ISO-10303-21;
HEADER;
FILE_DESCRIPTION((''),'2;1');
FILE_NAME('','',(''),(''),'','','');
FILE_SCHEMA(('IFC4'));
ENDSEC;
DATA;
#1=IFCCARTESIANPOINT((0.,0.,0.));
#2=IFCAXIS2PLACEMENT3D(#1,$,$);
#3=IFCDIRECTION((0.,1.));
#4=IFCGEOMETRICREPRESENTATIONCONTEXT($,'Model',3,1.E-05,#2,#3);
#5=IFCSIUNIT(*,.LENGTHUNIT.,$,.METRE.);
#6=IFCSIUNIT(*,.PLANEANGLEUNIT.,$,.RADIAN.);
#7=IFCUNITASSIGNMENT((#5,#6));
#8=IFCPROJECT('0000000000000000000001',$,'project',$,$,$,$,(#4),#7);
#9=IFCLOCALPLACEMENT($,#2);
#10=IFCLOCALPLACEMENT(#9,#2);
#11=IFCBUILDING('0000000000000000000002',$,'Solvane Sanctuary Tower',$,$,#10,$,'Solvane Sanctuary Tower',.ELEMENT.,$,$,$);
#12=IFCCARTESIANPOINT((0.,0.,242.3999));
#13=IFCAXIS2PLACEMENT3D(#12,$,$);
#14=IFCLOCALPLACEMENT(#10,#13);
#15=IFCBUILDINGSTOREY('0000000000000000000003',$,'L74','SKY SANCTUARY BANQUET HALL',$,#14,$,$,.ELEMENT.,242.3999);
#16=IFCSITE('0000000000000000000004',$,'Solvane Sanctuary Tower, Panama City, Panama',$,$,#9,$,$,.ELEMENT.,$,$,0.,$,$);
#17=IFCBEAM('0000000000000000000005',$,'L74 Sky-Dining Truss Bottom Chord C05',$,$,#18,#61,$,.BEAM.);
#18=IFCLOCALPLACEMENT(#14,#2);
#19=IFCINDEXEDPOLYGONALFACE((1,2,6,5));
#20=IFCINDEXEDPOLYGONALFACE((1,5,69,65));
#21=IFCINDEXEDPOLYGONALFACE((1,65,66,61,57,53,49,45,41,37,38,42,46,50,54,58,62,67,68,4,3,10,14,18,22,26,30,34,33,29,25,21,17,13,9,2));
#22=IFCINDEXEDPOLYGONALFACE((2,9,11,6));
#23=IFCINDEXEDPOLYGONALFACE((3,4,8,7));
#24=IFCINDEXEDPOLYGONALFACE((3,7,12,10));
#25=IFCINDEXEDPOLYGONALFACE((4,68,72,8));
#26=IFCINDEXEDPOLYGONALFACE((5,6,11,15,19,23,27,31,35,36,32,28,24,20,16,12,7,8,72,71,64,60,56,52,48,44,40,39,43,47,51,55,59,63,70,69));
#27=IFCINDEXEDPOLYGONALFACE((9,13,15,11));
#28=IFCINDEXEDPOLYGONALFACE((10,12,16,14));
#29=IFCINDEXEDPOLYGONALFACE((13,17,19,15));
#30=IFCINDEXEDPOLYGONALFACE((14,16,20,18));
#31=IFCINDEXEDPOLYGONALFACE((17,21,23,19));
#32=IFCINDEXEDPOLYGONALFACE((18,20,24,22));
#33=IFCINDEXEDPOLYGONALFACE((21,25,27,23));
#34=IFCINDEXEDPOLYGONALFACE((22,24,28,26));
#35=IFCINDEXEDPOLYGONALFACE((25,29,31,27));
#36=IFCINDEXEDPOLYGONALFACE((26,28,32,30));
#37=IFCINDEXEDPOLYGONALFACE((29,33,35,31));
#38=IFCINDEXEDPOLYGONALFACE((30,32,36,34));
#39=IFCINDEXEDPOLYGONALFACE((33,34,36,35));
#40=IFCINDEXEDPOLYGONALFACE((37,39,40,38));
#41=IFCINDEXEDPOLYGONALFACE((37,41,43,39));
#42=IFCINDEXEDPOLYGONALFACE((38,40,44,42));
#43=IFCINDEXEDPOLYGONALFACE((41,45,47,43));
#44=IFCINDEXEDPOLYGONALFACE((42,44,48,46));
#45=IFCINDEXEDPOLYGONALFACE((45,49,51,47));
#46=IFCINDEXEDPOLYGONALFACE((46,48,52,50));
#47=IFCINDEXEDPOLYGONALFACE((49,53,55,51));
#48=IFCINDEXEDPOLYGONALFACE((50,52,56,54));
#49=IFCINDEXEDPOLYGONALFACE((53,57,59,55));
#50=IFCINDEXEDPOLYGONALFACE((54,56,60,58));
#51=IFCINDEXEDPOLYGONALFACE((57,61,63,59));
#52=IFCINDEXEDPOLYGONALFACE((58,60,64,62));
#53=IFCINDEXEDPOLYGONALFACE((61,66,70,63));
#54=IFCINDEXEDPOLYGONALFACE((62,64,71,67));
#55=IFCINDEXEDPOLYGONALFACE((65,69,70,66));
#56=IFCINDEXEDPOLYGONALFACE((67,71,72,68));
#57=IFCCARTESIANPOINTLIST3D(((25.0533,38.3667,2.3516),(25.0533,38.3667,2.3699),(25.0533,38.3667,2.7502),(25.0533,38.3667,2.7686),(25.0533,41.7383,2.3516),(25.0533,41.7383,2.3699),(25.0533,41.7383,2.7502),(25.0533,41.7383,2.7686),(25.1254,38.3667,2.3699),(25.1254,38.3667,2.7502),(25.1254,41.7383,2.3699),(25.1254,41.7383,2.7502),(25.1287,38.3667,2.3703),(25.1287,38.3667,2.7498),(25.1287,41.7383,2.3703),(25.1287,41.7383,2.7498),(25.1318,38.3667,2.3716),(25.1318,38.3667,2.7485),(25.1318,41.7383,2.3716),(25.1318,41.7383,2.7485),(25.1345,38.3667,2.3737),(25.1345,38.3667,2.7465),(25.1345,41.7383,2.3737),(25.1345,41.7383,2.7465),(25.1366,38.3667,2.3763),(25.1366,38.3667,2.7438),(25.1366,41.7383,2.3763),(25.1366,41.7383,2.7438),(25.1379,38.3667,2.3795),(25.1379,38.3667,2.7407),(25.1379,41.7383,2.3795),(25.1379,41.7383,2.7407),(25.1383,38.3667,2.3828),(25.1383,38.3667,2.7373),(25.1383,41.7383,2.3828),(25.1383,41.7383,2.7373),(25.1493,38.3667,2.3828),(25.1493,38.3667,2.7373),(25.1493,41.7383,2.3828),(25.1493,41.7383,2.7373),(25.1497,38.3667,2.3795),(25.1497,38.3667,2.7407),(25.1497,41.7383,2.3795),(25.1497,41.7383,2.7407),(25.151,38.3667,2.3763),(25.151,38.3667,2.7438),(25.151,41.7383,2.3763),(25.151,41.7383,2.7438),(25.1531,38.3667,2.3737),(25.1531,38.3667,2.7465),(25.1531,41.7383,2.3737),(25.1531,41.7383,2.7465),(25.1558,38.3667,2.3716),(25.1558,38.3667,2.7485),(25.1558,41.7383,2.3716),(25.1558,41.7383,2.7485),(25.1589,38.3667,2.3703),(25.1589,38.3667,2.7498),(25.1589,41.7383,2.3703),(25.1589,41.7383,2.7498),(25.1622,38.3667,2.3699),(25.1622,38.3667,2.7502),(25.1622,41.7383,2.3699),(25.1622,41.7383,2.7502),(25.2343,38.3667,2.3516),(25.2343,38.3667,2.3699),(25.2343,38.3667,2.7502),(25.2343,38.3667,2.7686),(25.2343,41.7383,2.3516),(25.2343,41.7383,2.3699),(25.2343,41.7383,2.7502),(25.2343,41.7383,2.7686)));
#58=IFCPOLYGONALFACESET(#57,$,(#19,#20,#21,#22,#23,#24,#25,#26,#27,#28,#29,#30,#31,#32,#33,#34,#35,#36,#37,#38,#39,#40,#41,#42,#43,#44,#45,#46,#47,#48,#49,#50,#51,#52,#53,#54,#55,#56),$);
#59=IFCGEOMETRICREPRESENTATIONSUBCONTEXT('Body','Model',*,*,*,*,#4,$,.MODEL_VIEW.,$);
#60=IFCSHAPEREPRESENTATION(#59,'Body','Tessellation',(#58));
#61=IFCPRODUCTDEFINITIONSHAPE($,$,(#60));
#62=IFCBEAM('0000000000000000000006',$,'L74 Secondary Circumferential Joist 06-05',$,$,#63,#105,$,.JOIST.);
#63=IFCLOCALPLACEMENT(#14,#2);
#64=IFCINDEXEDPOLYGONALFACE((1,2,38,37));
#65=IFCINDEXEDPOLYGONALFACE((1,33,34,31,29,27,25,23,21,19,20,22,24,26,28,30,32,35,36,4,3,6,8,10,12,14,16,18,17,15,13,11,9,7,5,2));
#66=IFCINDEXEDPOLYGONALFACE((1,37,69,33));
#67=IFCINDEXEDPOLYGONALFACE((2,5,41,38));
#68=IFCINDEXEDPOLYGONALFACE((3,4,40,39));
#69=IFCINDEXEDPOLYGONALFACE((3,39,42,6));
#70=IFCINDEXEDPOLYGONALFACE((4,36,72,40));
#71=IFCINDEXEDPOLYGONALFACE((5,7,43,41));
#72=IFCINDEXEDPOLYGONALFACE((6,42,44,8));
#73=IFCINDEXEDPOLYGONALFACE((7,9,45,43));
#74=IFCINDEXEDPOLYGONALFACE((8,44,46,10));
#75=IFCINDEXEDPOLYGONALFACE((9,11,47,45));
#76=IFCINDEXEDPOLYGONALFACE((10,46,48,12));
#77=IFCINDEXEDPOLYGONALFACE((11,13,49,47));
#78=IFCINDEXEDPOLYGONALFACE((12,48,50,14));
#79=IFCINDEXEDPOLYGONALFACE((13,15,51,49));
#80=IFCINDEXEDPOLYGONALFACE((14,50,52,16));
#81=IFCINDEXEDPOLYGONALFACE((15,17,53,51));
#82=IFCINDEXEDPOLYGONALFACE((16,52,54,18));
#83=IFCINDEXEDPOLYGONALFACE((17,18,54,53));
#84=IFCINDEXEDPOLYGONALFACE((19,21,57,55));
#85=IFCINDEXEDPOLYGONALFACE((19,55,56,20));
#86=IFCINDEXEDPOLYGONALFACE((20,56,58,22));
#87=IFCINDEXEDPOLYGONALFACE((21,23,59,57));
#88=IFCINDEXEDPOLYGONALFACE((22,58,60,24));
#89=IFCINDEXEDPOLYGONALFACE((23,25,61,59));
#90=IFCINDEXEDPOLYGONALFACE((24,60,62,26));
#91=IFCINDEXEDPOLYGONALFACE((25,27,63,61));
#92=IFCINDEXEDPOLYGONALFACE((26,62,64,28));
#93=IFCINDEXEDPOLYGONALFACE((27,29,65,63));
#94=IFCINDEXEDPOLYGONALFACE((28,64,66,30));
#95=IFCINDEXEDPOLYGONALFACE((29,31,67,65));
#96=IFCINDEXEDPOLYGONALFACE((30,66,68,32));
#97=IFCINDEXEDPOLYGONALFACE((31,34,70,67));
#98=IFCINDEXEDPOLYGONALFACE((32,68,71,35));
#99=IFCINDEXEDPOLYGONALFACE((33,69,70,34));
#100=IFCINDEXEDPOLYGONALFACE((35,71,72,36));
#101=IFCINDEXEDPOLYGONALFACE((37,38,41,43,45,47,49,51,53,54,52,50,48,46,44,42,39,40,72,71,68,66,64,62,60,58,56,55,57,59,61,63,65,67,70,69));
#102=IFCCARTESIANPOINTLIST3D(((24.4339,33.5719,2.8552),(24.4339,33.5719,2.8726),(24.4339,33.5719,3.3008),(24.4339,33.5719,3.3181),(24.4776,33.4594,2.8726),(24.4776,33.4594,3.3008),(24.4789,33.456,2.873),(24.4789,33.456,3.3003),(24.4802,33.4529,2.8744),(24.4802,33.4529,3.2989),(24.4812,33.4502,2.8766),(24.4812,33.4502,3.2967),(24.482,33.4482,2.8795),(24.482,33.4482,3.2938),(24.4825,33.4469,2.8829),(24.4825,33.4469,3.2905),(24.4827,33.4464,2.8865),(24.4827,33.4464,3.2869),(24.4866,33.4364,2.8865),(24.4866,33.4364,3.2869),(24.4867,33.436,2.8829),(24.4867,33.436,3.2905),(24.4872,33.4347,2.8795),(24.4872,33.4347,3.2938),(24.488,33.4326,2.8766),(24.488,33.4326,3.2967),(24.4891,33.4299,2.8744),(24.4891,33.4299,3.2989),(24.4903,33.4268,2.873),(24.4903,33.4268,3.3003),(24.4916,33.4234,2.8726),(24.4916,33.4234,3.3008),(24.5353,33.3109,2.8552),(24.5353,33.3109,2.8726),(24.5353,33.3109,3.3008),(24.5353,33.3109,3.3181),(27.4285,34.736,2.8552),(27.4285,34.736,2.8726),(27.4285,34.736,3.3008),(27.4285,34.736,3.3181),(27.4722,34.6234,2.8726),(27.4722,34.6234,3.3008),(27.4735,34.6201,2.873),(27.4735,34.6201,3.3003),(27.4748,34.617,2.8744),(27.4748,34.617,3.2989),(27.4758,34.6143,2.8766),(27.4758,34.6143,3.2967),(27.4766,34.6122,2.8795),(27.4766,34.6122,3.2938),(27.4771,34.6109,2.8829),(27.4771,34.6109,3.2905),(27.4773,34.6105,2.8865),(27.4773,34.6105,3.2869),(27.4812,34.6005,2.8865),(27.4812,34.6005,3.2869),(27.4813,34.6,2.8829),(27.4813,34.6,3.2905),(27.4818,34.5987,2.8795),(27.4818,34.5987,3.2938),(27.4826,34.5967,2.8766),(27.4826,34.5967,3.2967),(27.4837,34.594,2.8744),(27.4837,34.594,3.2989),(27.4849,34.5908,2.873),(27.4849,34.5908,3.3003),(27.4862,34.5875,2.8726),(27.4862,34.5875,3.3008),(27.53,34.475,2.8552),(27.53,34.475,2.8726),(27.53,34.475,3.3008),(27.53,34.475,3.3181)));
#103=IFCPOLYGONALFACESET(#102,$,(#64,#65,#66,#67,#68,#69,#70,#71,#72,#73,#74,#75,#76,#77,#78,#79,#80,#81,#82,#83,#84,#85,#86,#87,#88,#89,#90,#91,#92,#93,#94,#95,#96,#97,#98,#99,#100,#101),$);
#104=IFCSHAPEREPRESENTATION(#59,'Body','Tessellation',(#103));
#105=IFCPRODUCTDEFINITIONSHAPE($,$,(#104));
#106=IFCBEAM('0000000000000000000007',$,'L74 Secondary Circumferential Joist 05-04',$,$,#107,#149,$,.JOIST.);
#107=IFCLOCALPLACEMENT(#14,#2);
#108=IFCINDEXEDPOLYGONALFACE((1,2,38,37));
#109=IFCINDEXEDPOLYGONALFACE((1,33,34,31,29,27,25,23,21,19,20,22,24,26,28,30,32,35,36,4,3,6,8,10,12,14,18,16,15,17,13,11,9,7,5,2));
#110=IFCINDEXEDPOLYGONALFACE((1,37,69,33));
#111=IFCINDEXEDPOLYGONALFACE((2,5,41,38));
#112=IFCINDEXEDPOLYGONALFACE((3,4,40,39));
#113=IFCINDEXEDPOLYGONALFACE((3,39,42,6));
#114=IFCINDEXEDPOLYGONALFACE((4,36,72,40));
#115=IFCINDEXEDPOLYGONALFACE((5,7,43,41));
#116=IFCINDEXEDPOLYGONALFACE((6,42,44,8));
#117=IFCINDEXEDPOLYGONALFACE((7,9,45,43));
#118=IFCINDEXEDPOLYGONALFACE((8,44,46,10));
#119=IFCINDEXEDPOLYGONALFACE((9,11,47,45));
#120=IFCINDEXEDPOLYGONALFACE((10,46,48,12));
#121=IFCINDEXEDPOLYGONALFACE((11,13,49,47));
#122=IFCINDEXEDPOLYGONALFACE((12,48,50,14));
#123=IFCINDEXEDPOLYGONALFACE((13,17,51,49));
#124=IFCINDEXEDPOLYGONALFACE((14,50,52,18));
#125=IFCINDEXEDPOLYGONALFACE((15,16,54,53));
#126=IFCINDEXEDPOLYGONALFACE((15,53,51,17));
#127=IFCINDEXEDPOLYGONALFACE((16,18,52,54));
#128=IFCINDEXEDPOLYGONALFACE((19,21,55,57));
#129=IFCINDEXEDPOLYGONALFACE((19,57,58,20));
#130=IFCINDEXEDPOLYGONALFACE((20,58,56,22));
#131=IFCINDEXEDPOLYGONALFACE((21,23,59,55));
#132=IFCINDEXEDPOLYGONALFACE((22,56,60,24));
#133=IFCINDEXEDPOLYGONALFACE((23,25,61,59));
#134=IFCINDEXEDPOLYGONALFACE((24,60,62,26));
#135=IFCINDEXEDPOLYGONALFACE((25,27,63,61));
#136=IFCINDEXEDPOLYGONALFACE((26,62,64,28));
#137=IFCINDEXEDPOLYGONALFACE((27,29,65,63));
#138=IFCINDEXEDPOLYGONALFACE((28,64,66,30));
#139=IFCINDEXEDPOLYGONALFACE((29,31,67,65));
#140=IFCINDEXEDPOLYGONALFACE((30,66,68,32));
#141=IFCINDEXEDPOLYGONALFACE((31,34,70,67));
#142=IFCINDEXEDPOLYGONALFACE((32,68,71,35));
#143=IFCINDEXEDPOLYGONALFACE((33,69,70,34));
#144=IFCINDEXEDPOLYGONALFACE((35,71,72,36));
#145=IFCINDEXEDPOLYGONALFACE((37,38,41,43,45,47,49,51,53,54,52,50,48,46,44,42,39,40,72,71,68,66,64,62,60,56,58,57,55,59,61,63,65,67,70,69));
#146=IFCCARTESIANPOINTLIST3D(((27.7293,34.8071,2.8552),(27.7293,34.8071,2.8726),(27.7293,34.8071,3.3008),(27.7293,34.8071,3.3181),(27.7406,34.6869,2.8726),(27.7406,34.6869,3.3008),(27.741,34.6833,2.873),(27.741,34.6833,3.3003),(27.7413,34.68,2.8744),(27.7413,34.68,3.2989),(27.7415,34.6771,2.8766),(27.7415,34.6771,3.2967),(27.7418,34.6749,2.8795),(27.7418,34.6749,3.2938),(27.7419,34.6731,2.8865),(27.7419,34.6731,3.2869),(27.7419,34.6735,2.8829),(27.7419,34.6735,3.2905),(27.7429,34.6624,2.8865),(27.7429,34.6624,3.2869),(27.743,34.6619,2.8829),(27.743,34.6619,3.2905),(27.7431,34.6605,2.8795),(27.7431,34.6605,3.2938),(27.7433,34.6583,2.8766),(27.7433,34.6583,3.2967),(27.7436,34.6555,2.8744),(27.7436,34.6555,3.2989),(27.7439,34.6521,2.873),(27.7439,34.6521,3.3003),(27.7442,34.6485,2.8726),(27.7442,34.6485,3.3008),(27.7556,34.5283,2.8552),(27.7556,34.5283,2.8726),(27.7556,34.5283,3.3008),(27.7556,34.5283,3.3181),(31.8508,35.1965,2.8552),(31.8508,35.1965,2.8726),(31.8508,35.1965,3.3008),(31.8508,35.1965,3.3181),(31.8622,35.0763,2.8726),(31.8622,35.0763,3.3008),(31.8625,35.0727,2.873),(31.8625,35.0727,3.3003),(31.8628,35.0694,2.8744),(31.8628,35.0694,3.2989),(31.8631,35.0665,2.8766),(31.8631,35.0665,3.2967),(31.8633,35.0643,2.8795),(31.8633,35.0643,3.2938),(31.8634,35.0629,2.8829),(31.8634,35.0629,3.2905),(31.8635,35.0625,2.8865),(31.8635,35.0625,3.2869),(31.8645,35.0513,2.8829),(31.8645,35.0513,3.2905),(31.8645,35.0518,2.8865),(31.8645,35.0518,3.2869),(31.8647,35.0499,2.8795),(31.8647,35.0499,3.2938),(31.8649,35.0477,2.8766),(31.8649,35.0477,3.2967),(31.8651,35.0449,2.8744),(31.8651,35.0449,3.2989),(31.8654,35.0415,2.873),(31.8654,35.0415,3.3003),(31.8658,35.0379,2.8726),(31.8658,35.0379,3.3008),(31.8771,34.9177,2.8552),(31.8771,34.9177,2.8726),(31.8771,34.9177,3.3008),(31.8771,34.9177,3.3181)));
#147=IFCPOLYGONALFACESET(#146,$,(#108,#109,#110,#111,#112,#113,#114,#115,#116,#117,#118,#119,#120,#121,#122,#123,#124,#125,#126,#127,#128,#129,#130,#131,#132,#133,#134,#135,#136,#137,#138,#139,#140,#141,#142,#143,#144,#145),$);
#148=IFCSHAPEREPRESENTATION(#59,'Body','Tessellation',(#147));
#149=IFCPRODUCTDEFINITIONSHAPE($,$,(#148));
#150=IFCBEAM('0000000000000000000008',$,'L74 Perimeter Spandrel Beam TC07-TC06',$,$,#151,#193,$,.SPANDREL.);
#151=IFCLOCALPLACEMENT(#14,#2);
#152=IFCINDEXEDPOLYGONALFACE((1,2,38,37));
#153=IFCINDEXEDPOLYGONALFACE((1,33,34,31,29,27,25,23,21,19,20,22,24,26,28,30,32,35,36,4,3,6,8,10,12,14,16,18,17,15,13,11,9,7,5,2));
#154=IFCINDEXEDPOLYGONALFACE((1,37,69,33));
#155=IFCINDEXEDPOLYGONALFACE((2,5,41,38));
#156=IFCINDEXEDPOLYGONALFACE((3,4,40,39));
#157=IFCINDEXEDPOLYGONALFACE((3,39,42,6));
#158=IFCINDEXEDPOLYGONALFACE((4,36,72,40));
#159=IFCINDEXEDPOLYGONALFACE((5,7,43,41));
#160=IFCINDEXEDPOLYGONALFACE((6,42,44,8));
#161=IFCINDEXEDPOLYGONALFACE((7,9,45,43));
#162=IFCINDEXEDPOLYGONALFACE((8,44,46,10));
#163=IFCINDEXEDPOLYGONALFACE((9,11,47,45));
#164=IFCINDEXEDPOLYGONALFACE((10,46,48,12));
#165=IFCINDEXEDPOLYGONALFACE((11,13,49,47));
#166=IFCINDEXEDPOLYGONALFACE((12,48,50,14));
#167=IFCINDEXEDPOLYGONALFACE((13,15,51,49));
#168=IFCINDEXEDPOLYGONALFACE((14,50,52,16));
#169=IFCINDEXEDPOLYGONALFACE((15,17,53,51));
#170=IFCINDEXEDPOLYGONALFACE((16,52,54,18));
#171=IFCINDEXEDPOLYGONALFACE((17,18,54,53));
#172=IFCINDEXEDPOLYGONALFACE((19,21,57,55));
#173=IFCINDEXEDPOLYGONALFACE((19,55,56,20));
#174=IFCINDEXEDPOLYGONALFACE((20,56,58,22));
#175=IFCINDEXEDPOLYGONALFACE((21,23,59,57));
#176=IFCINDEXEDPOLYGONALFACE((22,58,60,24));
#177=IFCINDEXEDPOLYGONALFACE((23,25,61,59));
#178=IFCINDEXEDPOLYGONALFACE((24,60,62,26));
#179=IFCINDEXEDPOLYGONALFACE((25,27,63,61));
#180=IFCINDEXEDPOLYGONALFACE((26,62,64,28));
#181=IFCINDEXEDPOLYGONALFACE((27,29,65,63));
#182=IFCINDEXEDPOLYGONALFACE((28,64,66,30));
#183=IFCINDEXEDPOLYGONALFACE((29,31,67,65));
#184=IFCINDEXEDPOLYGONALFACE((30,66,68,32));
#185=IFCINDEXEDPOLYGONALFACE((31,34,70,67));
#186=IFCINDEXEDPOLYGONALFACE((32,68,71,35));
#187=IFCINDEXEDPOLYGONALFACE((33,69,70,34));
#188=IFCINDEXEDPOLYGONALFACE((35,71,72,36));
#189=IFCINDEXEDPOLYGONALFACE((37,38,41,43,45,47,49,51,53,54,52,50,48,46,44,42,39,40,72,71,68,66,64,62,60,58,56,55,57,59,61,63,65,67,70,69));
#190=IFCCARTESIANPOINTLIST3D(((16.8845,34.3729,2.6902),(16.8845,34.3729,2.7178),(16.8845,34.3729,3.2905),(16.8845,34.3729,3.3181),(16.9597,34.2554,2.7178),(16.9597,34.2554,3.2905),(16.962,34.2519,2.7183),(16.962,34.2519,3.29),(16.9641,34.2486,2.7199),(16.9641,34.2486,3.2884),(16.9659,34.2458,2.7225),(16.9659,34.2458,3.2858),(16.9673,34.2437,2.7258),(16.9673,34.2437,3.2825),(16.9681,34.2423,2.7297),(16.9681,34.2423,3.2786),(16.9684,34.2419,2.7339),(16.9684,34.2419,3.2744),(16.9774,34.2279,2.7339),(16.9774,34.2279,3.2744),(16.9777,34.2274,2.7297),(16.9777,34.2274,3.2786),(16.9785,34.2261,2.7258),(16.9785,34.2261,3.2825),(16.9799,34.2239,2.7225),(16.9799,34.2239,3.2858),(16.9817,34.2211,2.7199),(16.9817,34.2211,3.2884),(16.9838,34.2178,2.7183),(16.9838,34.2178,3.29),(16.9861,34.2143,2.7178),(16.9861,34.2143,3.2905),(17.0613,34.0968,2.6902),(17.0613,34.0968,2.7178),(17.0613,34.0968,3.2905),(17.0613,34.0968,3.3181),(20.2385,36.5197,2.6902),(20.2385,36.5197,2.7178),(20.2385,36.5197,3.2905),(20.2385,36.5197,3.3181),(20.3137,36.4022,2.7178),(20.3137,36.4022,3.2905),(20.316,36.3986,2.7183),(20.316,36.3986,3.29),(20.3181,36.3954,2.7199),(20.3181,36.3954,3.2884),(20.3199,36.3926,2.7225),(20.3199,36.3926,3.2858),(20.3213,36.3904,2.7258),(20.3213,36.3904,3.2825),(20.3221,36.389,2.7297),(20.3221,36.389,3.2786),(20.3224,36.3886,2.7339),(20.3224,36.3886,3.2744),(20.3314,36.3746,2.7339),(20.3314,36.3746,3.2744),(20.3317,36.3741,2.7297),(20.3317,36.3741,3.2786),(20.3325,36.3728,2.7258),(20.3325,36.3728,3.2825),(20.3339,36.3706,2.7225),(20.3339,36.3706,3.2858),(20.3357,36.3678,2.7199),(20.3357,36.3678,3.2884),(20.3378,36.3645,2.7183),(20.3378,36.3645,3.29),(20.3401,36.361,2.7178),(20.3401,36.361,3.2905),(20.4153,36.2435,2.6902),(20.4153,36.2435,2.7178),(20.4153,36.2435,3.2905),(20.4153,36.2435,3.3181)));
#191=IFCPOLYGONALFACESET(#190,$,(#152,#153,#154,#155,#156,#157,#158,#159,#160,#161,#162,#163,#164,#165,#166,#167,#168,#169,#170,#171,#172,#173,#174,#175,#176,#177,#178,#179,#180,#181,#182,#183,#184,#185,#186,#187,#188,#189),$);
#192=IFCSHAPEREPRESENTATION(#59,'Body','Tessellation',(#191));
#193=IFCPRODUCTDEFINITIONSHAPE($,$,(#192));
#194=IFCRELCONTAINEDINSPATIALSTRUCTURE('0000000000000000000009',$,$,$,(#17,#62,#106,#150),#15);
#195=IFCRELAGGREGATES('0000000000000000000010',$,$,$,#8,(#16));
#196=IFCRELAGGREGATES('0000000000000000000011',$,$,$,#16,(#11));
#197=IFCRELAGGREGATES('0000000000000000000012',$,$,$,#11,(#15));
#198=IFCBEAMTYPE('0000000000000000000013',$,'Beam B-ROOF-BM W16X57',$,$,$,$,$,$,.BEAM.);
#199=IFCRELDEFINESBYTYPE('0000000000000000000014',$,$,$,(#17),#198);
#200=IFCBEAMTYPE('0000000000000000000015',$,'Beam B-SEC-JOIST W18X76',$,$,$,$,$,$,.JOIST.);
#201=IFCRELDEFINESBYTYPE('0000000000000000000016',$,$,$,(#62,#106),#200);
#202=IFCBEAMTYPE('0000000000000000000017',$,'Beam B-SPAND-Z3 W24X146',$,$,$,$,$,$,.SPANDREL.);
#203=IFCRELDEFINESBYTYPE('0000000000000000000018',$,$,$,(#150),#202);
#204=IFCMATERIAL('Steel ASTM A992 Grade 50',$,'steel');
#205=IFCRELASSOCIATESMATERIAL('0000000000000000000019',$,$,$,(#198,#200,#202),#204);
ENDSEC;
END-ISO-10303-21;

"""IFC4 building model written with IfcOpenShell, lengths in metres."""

from ifc_helpers import new_model, si_unit, direction, frame, origin, origin_2d, place, context, subcontext, project, spatial, i_section, extrude, material, material_profile, profile_set, type_object, element, save


model = new_model("IFC4")

# Units and contexts
model_context = context("Model", 3, precision=1e-05, world=origin(), true_north=direction((0.0, 1.0)))
body_context = subcontext(model_context, "Body", "Model", "MODEL_VIEW")
ifc_project = project(units=[si_unit("LENGTHUNIT", "METRE"), si_unit("PLANEANGLEUNIT", "RADIAN")], contexts=[model_context])

# Site, building, storey
site_placement = place(None, origin())
site = spatial("IfcSite", under=ifc_project, at=site_placement, Name="Solvane Sanctuary Tower, Panama City, Panama", CompositionType="ELEMENT", RefElevation=0.0)
building_placement = place(site_placement, origin())
building = spatial("IfcBuilding", under=site, at=building_placement, Name="Solvane Sanctuary Tower", LongName="Solvane Sanctuary Tower", CompositionType="ELEMENT")
storey_placement = place(building_placement, frame((0.0, 0.0, 242.3999)))
storey = spatial("IfcBuildingStorey", under=building, at=storey_placement, Name="L74", Description="SKY SANCTUARY BANQUET HALL", CompositionType="ELEMENT", Elevation=242.3999)

# Beams
ifc_material_1 = material(Name="Steel ASTM A992 Grade 50", Category="steel")
ifc_material_profile_1 = material_profile(ifc_material_1, i_section(OverallWidth=0.1809, OverallDepth=0.417, WebThickness=0.011, FlangeThickness=0.0183, FilletRadius=0.0129, at=origin_2d()), Name="W16X57")
ifc_profile_set_1 = profile_set([ifc_material_profile_1], Name="Steel ASTM A992 Grade 50")
beam_type_1 = type_object("IfcBeamType", Name="Beam B-ROOF-BM W16X57", PredefinedType="BEAM", material=ifc_profile_set_1)
beam_1_placement = place(storey_placement, frame((25.1438, 38.3667, 2.5601), z_axis=(0.0, 1.0, 0.0), x_axis=(-1.0, 0.0, 0.0)))
element("IfcBeam", 1, at=beam_1_placement, inside=storey, type_object=beam_type_1, Name="L74 Sky-Dining Truss Bottom Chord C05", PredefinedType="BEAM", context=body_context, shape_type="SweptSolid", body=[
    extrude(i_section(OverallWidth=0.1809, OverallDepth=0.417, WebThickness=0.011, FlangeThickness=0.0183, FilletRadius=0.0129, at=origin_2d()), origin(), (0.0, 0.0, 1.0), 3.3716),
])
ifc_material_profile_2 = material_profile(ifc_material_1, i_section(OverallWidth=0.28, OverallDepth=0.4629, WebThickness=0.0107, FlangeThickness=0.0173, FilletRadius=0.0139, at=origin_2d()), Name="W18X76")
ifc_profile_set_2 = profile_set([ifc_material_profile_2], Name="Steel ASTM A992 Grade 50")
beam_type_2 = type_object("IfcBeamType", Name="Beam B-SEC-JOIST W18X76", PredefinedType="JOIST", material=ifc_profile_set_2)
beam_2_placement = place(storey_placement, frame((24.4846, 33.4414, 3.0867), z_axis=(0.932059, 0.362307, 0.0), x_axis=(-0.362307, 0.932059, 0.0)))
element("IfcBeam", 2, at=beam_2_placement, inside=storey, type_object=beam_type_2, Name="L74 Secondary Circumferential Joist 06-05", PredefinedType="JOIST", context=body_context, shape_type="SweptSolid", body=[
    extrude(i_section(OverallWidth=0.28, OverallDepth=0.4629, WebThickness=0.0107, FlangeThickness=0.0173, FilletRadius=0.0139, at=origin_2d()), origin(), (0.0, 0.0, 1.0), 3.2129),
])
beam_3_placement = place(storey_placement, frame((27.7424, 34.6677, 3.0867), z_axis=(0.995566, 0.09406, 0.0), x_axis=(-0.09406, 0.995566, 0.0)))
element("IfcBeam", 3, at=beam_3_placement, inside=storey, type_object=beam_type_2, Name="L74 Secondary Circumferential Joist 05-04", PredefinedType="JOIST", context=body_context, shape_type="SweptSolid", body=[
    extrude(i_section(OverallWidth=0.28, OverallDepth=0.4629, WebThickness=0.0107, FlangeThickness=0.0173, FilletRadius=0.0139, at=origin_2d()), origin(), (0.0, 0.0, 1.0), 4.1399),
])
ifc_material_profile_3 = material_profile(ifc_material_1, i_section(OverallWidth=0.3279, OverallDepth=0.6279, WebThickness=0.0166, FlangeThickness=0.0276, FilletRadius=0.0161, at=origin_2d()), Name="W24X146")
ifc_profile_set_3 = profile_set([ifc_material_profile_3], Name="Steel ASTM A992 Grade 50")
beam_type_3 = type_object("IfcBeamType", Name="Beam B-SPAND-Z3 W24X146", PredefinedType="SPANDREL", material=ifc_profile_set_3)
beam_4_placement = place(storey_placement, frame((16.9729, 34.2349, 3.0042), z_axis=(0.842252, 0.539083, 0.0), x_axis=(-0.539083, 0.842252, 0.0)))
element("IfcBeam", 4, at=beam_4_placement, inside=storey, type_object=beam_type_3, Name="L74 Perimeter Spandrel Beam TC07-TC06", PredefinedType="SPANDREL", context=body_context, shape_type="SweptSolid", body=[
    extrude(i_section(OverallWidth=0.3279, OverallDepth=0.6279, WebThickness=0.0166, FlangeThickness=0.0276, FilletRadius=0.0161, at=origin_2d()), origin(), (0.0, 0.0, 1.0), 3.9822),
])

save(model, "model.ifc")
